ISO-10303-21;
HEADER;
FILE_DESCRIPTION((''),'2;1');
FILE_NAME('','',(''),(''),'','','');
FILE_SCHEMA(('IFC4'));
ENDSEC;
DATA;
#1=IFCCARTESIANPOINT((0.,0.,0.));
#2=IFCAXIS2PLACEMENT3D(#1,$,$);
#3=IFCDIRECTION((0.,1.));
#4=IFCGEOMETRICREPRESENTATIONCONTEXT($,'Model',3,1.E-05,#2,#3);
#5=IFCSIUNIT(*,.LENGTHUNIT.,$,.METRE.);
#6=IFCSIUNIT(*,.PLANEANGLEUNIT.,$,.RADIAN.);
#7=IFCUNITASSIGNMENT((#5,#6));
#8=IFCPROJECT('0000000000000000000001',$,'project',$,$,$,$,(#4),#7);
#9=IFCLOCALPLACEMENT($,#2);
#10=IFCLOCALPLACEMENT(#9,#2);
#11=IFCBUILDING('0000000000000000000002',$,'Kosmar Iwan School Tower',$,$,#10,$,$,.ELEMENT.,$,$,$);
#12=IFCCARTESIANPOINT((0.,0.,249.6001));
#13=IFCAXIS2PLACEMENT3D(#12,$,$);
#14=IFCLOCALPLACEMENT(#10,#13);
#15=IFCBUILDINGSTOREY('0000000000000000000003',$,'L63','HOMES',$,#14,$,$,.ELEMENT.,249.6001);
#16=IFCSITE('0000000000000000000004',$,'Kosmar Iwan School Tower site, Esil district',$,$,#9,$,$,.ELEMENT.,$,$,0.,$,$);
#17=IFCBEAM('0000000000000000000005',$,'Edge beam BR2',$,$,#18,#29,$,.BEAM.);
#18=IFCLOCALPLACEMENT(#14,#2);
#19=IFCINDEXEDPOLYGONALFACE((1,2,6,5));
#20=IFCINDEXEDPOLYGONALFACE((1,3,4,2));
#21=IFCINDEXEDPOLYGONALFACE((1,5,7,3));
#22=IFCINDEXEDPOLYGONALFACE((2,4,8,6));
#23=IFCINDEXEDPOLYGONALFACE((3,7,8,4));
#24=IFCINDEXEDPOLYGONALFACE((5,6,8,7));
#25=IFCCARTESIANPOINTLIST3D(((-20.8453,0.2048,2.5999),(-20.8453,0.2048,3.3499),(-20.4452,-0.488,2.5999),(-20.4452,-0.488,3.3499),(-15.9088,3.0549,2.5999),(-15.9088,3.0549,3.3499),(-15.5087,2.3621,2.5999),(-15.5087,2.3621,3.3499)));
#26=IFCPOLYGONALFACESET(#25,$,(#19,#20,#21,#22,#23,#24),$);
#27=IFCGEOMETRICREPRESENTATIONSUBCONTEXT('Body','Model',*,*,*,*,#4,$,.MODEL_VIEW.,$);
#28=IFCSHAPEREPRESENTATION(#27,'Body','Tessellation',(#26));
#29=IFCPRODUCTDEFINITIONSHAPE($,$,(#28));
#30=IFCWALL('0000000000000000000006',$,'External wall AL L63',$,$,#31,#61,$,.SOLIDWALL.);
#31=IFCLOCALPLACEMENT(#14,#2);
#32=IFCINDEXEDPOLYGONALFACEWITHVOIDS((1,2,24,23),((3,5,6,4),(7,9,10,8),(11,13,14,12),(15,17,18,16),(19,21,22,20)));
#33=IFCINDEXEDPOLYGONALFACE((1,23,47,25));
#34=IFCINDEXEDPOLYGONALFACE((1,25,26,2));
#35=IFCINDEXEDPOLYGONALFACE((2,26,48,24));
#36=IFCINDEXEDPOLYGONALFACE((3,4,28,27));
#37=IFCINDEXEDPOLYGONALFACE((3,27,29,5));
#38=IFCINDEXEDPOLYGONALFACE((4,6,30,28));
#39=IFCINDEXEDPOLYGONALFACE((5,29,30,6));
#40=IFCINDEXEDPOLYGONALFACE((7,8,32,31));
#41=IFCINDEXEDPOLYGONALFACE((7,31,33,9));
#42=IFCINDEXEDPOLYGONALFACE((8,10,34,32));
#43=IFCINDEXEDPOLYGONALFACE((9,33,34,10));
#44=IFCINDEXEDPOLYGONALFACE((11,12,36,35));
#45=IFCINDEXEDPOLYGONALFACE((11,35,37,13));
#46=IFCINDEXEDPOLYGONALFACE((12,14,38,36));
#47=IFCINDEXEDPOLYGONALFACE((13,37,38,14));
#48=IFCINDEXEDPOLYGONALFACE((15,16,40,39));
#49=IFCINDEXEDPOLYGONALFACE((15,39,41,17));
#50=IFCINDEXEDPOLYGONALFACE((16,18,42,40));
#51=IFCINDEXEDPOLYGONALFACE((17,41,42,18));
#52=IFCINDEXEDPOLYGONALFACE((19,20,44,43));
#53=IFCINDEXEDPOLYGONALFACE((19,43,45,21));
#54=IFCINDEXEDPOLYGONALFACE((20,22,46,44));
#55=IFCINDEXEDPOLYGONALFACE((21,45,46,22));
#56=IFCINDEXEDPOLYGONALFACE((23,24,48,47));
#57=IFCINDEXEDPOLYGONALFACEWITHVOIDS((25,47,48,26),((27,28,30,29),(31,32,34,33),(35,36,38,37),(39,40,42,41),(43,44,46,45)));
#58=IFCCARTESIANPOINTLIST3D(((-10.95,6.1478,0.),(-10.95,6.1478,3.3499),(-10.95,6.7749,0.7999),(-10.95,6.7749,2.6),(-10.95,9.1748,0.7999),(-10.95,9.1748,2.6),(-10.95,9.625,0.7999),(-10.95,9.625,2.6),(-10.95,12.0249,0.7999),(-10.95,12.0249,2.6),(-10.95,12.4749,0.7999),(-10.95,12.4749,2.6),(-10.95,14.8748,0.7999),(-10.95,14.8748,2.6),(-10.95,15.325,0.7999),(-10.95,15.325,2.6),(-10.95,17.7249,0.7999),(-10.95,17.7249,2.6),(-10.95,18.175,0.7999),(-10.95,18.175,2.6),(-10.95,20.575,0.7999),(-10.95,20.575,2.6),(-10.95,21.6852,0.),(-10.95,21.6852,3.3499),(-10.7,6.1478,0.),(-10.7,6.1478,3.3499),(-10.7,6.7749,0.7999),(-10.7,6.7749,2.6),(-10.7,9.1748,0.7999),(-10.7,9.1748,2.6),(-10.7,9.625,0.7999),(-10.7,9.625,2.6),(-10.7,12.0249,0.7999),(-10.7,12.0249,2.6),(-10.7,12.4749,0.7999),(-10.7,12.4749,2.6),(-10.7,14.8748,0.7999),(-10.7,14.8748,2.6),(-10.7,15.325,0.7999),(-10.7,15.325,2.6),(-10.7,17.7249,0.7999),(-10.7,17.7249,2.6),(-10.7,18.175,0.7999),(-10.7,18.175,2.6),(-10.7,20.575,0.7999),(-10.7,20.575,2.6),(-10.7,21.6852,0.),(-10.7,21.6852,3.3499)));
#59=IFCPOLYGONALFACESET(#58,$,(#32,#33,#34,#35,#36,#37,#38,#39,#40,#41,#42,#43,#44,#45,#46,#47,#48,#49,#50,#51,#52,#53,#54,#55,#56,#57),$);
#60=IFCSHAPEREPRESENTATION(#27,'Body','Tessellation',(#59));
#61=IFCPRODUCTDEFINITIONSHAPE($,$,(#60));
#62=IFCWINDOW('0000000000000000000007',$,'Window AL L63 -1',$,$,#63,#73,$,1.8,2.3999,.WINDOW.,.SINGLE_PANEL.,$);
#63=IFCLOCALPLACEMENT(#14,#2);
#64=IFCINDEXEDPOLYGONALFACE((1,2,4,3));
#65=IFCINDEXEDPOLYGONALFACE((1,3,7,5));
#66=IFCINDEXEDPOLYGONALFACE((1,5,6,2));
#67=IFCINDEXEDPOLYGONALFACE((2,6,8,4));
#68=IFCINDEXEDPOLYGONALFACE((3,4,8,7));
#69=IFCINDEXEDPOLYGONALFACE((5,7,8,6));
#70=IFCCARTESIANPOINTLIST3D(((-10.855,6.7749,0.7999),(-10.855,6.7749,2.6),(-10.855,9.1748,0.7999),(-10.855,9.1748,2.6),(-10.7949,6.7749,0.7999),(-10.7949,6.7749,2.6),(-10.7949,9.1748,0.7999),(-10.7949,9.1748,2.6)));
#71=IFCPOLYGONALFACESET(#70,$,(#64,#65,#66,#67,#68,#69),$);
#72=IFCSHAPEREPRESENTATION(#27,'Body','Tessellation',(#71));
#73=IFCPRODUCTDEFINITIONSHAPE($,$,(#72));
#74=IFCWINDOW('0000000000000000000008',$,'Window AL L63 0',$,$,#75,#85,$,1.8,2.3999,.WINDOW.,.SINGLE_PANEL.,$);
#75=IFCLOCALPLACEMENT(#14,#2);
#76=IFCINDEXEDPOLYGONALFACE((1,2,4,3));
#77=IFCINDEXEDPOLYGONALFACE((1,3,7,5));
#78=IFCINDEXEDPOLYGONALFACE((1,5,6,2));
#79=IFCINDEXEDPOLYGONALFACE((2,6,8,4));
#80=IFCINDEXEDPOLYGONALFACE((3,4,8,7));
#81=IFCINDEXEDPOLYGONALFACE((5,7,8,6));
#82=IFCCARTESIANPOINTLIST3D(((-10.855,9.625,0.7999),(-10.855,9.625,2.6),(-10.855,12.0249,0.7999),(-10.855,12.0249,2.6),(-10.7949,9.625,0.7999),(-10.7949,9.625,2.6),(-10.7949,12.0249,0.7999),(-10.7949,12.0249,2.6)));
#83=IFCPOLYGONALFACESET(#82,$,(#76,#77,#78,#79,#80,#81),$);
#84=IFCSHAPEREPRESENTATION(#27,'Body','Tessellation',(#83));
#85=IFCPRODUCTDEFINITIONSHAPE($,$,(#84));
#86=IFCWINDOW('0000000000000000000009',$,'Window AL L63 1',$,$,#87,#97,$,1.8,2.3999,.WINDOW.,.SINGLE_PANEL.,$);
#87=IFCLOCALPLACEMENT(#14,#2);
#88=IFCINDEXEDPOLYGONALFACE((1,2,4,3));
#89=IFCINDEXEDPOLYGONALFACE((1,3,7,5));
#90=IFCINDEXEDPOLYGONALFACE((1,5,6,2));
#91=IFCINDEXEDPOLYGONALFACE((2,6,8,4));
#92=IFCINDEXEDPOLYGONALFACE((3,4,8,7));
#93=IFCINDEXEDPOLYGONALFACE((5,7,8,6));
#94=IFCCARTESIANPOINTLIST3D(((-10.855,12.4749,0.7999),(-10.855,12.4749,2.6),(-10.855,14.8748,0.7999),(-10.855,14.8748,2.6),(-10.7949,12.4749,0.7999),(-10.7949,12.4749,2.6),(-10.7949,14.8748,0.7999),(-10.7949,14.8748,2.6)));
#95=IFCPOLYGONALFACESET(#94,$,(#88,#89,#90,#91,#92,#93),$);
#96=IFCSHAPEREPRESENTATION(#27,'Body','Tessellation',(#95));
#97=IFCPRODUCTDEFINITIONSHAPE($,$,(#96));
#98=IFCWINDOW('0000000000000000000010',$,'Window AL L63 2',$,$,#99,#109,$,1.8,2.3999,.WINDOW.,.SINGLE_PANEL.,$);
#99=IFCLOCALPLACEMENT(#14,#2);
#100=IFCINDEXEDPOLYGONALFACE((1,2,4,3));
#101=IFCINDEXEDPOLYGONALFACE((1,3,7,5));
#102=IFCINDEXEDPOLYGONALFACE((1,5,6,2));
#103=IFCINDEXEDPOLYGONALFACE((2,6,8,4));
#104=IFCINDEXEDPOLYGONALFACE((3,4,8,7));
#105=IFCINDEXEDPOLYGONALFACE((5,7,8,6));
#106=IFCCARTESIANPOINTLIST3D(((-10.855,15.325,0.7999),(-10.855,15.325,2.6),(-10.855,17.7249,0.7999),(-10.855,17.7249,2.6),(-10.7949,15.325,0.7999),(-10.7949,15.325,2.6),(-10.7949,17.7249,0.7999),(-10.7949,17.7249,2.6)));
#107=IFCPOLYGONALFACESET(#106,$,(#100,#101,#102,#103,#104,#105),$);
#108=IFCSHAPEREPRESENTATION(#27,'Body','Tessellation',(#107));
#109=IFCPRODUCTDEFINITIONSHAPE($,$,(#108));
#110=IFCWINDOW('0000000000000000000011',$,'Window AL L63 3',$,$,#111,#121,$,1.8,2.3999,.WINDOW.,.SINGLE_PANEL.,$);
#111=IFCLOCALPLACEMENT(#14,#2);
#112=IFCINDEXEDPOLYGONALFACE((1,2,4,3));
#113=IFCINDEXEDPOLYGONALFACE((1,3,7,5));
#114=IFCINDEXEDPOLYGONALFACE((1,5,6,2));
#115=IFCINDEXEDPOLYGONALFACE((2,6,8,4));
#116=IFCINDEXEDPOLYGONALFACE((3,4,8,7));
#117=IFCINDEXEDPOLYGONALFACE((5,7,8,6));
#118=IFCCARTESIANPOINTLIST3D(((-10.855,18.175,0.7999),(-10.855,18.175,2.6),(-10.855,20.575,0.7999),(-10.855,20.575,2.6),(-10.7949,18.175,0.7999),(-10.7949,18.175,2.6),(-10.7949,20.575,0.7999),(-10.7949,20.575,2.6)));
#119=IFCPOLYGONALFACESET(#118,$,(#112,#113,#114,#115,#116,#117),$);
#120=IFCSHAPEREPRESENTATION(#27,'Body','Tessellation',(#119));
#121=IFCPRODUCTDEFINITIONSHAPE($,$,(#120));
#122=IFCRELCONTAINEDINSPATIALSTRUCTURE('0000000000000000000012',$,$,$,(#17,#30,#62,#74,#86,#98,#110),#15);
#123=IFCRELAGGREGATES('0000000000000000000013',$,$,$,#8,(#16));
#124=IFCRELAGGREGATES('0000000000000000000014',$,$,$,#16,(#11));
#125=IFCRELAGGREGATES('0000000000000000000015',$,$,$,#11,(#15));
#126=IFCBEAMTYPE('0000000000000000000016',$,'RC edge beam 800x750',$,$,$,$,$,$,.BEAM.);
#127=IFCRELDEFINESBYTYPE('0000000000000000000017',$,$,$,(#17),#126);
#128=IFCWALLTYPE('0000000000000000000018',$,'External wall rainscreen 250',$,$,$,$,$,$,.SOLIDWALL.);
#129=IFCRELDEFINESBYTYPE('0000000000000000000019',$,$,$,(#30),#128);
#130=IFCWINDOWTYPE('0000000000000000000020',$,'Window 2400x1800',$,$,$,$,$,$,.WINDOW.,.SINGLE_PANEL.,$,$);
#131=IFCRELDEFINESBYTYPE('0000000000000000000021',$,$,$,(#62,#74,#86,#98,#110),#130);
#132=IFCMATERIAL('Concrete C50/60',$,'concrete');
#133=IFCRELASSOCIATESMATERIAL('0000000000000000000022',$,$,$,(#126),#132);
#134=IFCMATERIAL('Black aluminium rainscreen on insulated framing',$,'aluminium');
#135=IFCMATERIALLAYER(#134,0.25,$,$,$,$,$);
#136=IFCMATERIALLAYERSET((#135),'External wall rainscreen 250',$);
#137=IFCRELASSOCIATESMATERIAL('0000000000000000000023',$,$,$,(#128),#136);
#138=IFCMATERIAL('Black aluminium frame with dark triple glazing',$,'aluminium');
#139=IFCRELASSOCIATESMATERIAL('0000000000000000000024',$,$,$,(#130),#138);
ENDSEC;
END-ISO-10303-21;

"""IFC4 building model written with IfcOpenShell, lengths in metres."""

from ifc_helpers import new_model, si_unit, direction, frame, frame_2d, origin, origin_2d, place, context, subcontext, project, spatial, rectangle, extrude, material, layer, layer_set, material_profile, profile_set, type_object, element, fill, save


model = new_model("IFC4")

# Units and contexts
model_context = context("Model", 3, precision=1e-05, world=origin(), true_north=direction((0.0, 1.0)))
body_context = subcontext(model_context, "Body", "Model", "MODEL_VIEW")
ifc_project = project(units=[si_unit("LENGTHUNIT", "METRE"), si_unit("PLANEANGLEUNIT", "RADIAN")], contexts=[model_context])

# Site, building, storey
site_placement = place(None, origin())
site = spatial("IfcSite", under=ifc_project, at=site_placement, Name="Kosmar Iwan School Tower site, Esil district", CompositionType="ELEMENT", RefElevation=0.0)
building_placement = place(site_placement, origin())
building = spatial("IfcBuilding", under=site, at=building_placement, Name="Kosmar Iwan School Tower", CompositionType="ELEMENT")
storey_placement = place(building_placement, frame((0.0, 0.0, 249.6001)))
storey = spatial("IfcBuildingStorey", under=building, at=storey_placement, Name="L63", Description="HOMES", CompositionType="ELEMENT", Elevation=249.6001)

# Beam
ifc_material_1 = material(Name="Concrete C50/60", Category="concrete")
ifc_material_profile = material_profile(ifc_material_1, rectangle(XDim=0.8, YDim=0.75, at=origin_2d()), Name="RC 800x750")
ifc_profile_set = profile_set([ifc_material_profile], Name="Concrete C50/60")
beam_type = type_object("IfcBeamType", Name="RC edge beam 800x750", PredefinedType="BEAM", material=ifc_profile_set)
beam_placement = place(storey_placement, frame((-15.7087, 2.7085, 2.9749), z_axis=(-0.866026, -0.499999, 0.0), x_axis=(0.499999, -0.866026, 0.0)))
element("IfcBeam", 1, at=beam_placement, inside=storey, type_object=beam_type, Name="Edge beam BR2", PredefinedType="BEAM", context=body_context, shape_type="SweptSolid", body=[
    extrude(rectangle(XDim=0.8, YDim=0.75, at=origin_2d()), origin(), (0.0, 0.0, 1.0), 5.7002),
])

# Wall, openings, windows
ifc_material_2 = material(Name="Black aluminium rainscreen on insulated framing", Category="aluminium")
ifc_layer = layer(ifc_material_2, 0.25)
ifc_layer_set = layer_set([ifc_layer], Name="External wall rainscreen 250")
wall_type = type_object("IfcWallType", Name="External wall rainscreen 250", PredefinedType="SOLIDWALL", material=ifc_layer_set)
wall_1_placement = place(storey_placement, frame((-10.825, 6.1479, 0.0), z_axis=(0.0, 0.0, 1.0), x_axis=(0.0, 1.0, 0.0)))
wall_1 = element("IfcWall", 2, at=wall_1_placement, inside=storey, type_object=wall_type, Name="External wall AL L63", PredefinedType="SOLIDWALL", context=body_context, shape_type="SweptSolid", body=[
    extrude(rectangle(XDim=15.5374, YDim=0.25, at=frame_2d((7.7686, 0.0))), origin(), (0.0, 0.0, 1.0), 3.3499),
])
opening_1_placement = place(wall_1_placement, frame((0.627, 0.0, 0.8)))
opening_1 = element("IfcOpeningElement", 3, at=opening_1_placement, cuts=wall_1, PredefinedType="OPENING", context=body_context, shape_type="SweptSolid", body=[
    extrude(rectangle(XDim=2.3999, YDim=1.8, at=frame_2d((1.2, 0.8999))), frame((0.0, 0.137, 0.0), z_axis=(0.0, -1.0, 0.0), x_axis=(1.0, 0.0, 0.0)), (0.0, 0.0, 1.0), 0.2739),
])
opening_2_placement = place(wall_1_placement, frame((3.4771, 0.0, 0.8)))
opening_2 = element("IfcOpeningElement", 4, at=opening_2_placement, cuts=wall_1, PredefinedType="OPENING", context=body_context, shape_type="SweptSolid", body=[
    extrude(rectangle(XDim=2.3999, YDim=1.8, at=frame_2d((1.2, 0.8999))), frame((0.0, 0.137, 0.0), z_axis=(0.0, -1.0, 0.0), x_axis=(1.0, 0.0, 0.0)), (0.0, 0.0, 1.0), 0.2739),
])
opening_3_placement = place(wall_1_placement, frame((6.3269, 0.0, 0.8)))
opening_3 = element("IfcOpeningElement", 5, at=opening_3_placement, cuts=wall_1, PredefinedType="OPENING", context=body_context, shape_type="SweptSolid", body=[
    extrude(rectangle(XDim=2.3999, YDim=1.8, at=frame_2d((1.2, 0.8999))), frame((0.0, 0.137, 0.0), z_axis=(0.0, -1.0, 0.0), x_axis=(1.0, 0.0, 0.0)), (0.0, 0.0, 1.0), 0.2739),
])
opening_4_placement = place(wall_1_placement, frame((9.177, 0.0, 0.8)))
opening_4 = element("IfcOpeningElement", 6, at=opening_4_placement, cuts=wall_1, PredefinedType="OPENING", context=body_context, shape_type="SweptSolid", body=[
    extrude(rectangle(XDim=2.3999, YDim=1.8, at=frame_2d((1.2, 0.8999))), frame((0.0, 0.137, 0.0), z_axis=(0.0, -1.0, 0.0), x_axis=(1.0, 0.0, 0.0)), (0.0, 0.0, 1.0), 0.2739),
])
opening_5_placement = place(wall_1_placement, frame((12.0271, 0.0, 0.8)))
opening_5 = element("IfcOpeningElement", 7, at=opening_5_placement, cuts=wall_1, PredefinedType="OPENING", context=body_context, shape_type="SweptSolid", body=[
    extrude(rectangle(XDim=2.3999, YDim=1.8, at=frame_2d((1.2, 0.8999))), frame((0.0, 0.137, 0.0), z_axis=(0.0, -1.0, 0.0), x_axis=(1.0, 0.0, 0.0)), (0.0, 0.0, 1.0), 0.2739),
])
ifc_material_3 = material(Name="Black aluminium frame with dark triple glazing", Category="aluminium")
window_type = type_object("IfcWindowType", Name="Window 2400x1800", PartitioningType="SINGLE_PANEL", PredefinedType="WINDOW", material=ifc_material_3)
window_1_placement = place(opening_1_placement, origin())
window_1 = element("IfcWindow", 8, at=window_1_placement, inside=storey, type_object=window_type, Name="Window AL L63 -1", OverallHeight=1.8, OverallWidth=2.3999, PartitioningType="SINGLE_PANEL", PredefinedType="WINDOW", context=body_context, shape_type="SweptSolid", body=[
    extrude(rectangle(XDim=2.3999, YDim=1.8, at=frame_2d((1.2, 0.8999))), frame((0.0, 0.03, 0.0), z_axis=(0.0, -1.0, 0.0), x_axis=(1.0, 0.0, 0.0)), (0.0, 0.0, 1.0), 0.0601),
])
fill(opening_1, window_1)
window_2_placement = place(opening_2_placement, origin())
window_2 = element("IfcWindow", 9, at=window_2_placement, inside=storey, type_object=window_type, Name="Window AL L63 0", OverallHeight=1.8, OverallWidth=2.3999, PartitioningType="SINGLE_PANEL", PredefinedType="WINDOW", context=body_context, shape_type="SweptSolid", body=[
    extrude(rectangle(XDim=2.3999, YDim=1.8, at=frame_2d((1.2, 0.8999))), frame((0.0, 0.03, 0.0), z_axis=(0.0, -1.0, 0.0), x_axis=(1.0, 0.0, 0.0)), (0.0, 0.0, 1.0), 0.0601),
])
fill(opening_2, window_2)
window_3_placement = place(opening_3_placement, origin())
window_3 = element("IfcWindow", 10, at=window_3_placement, inside=storey, type_object=window_type, Name="Window AL L63 1", OverallHeight=1.8, OverallWidth=2.3999, PartitioningType="SINGLE_PANEL", PredefinedType="WINDOW", context=body_context, shape_type="SweptSolid", body=[
    extrude(rectangle(XDim=2.3999, YDim=1.8, at=frame_2d((1.2, 0.8999))), frame((0.0, 0.03, 0.0), z_axis=(0.0, -1.0, 0.0), x_axis=(1.0, 0.0, 0.0)), (0.0, 0.0, 1.0), 0.0601),
])
fill(opening_3, window_3)
window_4_placement = place(opening_4_placement, origin())
window_4 = element("IfcWindow", 11, at=window_4_placement, inside=storey, type_object=window_type, Name="Window AL L63 2", OverallHeight=1.8, OverallWidth=2.3999, PartitioningType="SINGLE_PANEL", PredefinedType="WINDOW", context=body_context, shape_type="SweptSolid", body=[
    extrude(rectangle(XDim=2.3999, YDim=1.8, at=frame_2d((1.2, 0.8999))), frame((0.0, 0.03, 0.0), z_axis=(0.0, -1.0, 0.0), x_axis=(1.0, 0.0, 0.0)), (0.0, 0.0, 1.0), 0.0601),
])
fill(opening_4, window_4)
window_5_placement = place(opening_5_placement, origin())
window_5 = element("IfcWindow", 12, at=window_5_placement, inside=storey, type_object=window_type, Name="Window AL L63 3", OverallHeight=1.8, OverallWidth=2.3999, PartitioningType="SINGLE_PANEL", PredefinedType="WINDOW", context=body_context, shape_type="SweptSolid", body=[
    extrude(rectangle(XDim=2.3999, YDim=1.8, at=frame_2d((1.2, 0.8999))), frame((0.0, 0.03, 0.0), z_axis=(0.0, -1.0, 0.0), x_axis=(1.0, 0.0, 0.0)), (0.0, 0.0, 1.0), 0.0601),
])
fill(opening_5, window_5)

save(model, "model.ifc")
